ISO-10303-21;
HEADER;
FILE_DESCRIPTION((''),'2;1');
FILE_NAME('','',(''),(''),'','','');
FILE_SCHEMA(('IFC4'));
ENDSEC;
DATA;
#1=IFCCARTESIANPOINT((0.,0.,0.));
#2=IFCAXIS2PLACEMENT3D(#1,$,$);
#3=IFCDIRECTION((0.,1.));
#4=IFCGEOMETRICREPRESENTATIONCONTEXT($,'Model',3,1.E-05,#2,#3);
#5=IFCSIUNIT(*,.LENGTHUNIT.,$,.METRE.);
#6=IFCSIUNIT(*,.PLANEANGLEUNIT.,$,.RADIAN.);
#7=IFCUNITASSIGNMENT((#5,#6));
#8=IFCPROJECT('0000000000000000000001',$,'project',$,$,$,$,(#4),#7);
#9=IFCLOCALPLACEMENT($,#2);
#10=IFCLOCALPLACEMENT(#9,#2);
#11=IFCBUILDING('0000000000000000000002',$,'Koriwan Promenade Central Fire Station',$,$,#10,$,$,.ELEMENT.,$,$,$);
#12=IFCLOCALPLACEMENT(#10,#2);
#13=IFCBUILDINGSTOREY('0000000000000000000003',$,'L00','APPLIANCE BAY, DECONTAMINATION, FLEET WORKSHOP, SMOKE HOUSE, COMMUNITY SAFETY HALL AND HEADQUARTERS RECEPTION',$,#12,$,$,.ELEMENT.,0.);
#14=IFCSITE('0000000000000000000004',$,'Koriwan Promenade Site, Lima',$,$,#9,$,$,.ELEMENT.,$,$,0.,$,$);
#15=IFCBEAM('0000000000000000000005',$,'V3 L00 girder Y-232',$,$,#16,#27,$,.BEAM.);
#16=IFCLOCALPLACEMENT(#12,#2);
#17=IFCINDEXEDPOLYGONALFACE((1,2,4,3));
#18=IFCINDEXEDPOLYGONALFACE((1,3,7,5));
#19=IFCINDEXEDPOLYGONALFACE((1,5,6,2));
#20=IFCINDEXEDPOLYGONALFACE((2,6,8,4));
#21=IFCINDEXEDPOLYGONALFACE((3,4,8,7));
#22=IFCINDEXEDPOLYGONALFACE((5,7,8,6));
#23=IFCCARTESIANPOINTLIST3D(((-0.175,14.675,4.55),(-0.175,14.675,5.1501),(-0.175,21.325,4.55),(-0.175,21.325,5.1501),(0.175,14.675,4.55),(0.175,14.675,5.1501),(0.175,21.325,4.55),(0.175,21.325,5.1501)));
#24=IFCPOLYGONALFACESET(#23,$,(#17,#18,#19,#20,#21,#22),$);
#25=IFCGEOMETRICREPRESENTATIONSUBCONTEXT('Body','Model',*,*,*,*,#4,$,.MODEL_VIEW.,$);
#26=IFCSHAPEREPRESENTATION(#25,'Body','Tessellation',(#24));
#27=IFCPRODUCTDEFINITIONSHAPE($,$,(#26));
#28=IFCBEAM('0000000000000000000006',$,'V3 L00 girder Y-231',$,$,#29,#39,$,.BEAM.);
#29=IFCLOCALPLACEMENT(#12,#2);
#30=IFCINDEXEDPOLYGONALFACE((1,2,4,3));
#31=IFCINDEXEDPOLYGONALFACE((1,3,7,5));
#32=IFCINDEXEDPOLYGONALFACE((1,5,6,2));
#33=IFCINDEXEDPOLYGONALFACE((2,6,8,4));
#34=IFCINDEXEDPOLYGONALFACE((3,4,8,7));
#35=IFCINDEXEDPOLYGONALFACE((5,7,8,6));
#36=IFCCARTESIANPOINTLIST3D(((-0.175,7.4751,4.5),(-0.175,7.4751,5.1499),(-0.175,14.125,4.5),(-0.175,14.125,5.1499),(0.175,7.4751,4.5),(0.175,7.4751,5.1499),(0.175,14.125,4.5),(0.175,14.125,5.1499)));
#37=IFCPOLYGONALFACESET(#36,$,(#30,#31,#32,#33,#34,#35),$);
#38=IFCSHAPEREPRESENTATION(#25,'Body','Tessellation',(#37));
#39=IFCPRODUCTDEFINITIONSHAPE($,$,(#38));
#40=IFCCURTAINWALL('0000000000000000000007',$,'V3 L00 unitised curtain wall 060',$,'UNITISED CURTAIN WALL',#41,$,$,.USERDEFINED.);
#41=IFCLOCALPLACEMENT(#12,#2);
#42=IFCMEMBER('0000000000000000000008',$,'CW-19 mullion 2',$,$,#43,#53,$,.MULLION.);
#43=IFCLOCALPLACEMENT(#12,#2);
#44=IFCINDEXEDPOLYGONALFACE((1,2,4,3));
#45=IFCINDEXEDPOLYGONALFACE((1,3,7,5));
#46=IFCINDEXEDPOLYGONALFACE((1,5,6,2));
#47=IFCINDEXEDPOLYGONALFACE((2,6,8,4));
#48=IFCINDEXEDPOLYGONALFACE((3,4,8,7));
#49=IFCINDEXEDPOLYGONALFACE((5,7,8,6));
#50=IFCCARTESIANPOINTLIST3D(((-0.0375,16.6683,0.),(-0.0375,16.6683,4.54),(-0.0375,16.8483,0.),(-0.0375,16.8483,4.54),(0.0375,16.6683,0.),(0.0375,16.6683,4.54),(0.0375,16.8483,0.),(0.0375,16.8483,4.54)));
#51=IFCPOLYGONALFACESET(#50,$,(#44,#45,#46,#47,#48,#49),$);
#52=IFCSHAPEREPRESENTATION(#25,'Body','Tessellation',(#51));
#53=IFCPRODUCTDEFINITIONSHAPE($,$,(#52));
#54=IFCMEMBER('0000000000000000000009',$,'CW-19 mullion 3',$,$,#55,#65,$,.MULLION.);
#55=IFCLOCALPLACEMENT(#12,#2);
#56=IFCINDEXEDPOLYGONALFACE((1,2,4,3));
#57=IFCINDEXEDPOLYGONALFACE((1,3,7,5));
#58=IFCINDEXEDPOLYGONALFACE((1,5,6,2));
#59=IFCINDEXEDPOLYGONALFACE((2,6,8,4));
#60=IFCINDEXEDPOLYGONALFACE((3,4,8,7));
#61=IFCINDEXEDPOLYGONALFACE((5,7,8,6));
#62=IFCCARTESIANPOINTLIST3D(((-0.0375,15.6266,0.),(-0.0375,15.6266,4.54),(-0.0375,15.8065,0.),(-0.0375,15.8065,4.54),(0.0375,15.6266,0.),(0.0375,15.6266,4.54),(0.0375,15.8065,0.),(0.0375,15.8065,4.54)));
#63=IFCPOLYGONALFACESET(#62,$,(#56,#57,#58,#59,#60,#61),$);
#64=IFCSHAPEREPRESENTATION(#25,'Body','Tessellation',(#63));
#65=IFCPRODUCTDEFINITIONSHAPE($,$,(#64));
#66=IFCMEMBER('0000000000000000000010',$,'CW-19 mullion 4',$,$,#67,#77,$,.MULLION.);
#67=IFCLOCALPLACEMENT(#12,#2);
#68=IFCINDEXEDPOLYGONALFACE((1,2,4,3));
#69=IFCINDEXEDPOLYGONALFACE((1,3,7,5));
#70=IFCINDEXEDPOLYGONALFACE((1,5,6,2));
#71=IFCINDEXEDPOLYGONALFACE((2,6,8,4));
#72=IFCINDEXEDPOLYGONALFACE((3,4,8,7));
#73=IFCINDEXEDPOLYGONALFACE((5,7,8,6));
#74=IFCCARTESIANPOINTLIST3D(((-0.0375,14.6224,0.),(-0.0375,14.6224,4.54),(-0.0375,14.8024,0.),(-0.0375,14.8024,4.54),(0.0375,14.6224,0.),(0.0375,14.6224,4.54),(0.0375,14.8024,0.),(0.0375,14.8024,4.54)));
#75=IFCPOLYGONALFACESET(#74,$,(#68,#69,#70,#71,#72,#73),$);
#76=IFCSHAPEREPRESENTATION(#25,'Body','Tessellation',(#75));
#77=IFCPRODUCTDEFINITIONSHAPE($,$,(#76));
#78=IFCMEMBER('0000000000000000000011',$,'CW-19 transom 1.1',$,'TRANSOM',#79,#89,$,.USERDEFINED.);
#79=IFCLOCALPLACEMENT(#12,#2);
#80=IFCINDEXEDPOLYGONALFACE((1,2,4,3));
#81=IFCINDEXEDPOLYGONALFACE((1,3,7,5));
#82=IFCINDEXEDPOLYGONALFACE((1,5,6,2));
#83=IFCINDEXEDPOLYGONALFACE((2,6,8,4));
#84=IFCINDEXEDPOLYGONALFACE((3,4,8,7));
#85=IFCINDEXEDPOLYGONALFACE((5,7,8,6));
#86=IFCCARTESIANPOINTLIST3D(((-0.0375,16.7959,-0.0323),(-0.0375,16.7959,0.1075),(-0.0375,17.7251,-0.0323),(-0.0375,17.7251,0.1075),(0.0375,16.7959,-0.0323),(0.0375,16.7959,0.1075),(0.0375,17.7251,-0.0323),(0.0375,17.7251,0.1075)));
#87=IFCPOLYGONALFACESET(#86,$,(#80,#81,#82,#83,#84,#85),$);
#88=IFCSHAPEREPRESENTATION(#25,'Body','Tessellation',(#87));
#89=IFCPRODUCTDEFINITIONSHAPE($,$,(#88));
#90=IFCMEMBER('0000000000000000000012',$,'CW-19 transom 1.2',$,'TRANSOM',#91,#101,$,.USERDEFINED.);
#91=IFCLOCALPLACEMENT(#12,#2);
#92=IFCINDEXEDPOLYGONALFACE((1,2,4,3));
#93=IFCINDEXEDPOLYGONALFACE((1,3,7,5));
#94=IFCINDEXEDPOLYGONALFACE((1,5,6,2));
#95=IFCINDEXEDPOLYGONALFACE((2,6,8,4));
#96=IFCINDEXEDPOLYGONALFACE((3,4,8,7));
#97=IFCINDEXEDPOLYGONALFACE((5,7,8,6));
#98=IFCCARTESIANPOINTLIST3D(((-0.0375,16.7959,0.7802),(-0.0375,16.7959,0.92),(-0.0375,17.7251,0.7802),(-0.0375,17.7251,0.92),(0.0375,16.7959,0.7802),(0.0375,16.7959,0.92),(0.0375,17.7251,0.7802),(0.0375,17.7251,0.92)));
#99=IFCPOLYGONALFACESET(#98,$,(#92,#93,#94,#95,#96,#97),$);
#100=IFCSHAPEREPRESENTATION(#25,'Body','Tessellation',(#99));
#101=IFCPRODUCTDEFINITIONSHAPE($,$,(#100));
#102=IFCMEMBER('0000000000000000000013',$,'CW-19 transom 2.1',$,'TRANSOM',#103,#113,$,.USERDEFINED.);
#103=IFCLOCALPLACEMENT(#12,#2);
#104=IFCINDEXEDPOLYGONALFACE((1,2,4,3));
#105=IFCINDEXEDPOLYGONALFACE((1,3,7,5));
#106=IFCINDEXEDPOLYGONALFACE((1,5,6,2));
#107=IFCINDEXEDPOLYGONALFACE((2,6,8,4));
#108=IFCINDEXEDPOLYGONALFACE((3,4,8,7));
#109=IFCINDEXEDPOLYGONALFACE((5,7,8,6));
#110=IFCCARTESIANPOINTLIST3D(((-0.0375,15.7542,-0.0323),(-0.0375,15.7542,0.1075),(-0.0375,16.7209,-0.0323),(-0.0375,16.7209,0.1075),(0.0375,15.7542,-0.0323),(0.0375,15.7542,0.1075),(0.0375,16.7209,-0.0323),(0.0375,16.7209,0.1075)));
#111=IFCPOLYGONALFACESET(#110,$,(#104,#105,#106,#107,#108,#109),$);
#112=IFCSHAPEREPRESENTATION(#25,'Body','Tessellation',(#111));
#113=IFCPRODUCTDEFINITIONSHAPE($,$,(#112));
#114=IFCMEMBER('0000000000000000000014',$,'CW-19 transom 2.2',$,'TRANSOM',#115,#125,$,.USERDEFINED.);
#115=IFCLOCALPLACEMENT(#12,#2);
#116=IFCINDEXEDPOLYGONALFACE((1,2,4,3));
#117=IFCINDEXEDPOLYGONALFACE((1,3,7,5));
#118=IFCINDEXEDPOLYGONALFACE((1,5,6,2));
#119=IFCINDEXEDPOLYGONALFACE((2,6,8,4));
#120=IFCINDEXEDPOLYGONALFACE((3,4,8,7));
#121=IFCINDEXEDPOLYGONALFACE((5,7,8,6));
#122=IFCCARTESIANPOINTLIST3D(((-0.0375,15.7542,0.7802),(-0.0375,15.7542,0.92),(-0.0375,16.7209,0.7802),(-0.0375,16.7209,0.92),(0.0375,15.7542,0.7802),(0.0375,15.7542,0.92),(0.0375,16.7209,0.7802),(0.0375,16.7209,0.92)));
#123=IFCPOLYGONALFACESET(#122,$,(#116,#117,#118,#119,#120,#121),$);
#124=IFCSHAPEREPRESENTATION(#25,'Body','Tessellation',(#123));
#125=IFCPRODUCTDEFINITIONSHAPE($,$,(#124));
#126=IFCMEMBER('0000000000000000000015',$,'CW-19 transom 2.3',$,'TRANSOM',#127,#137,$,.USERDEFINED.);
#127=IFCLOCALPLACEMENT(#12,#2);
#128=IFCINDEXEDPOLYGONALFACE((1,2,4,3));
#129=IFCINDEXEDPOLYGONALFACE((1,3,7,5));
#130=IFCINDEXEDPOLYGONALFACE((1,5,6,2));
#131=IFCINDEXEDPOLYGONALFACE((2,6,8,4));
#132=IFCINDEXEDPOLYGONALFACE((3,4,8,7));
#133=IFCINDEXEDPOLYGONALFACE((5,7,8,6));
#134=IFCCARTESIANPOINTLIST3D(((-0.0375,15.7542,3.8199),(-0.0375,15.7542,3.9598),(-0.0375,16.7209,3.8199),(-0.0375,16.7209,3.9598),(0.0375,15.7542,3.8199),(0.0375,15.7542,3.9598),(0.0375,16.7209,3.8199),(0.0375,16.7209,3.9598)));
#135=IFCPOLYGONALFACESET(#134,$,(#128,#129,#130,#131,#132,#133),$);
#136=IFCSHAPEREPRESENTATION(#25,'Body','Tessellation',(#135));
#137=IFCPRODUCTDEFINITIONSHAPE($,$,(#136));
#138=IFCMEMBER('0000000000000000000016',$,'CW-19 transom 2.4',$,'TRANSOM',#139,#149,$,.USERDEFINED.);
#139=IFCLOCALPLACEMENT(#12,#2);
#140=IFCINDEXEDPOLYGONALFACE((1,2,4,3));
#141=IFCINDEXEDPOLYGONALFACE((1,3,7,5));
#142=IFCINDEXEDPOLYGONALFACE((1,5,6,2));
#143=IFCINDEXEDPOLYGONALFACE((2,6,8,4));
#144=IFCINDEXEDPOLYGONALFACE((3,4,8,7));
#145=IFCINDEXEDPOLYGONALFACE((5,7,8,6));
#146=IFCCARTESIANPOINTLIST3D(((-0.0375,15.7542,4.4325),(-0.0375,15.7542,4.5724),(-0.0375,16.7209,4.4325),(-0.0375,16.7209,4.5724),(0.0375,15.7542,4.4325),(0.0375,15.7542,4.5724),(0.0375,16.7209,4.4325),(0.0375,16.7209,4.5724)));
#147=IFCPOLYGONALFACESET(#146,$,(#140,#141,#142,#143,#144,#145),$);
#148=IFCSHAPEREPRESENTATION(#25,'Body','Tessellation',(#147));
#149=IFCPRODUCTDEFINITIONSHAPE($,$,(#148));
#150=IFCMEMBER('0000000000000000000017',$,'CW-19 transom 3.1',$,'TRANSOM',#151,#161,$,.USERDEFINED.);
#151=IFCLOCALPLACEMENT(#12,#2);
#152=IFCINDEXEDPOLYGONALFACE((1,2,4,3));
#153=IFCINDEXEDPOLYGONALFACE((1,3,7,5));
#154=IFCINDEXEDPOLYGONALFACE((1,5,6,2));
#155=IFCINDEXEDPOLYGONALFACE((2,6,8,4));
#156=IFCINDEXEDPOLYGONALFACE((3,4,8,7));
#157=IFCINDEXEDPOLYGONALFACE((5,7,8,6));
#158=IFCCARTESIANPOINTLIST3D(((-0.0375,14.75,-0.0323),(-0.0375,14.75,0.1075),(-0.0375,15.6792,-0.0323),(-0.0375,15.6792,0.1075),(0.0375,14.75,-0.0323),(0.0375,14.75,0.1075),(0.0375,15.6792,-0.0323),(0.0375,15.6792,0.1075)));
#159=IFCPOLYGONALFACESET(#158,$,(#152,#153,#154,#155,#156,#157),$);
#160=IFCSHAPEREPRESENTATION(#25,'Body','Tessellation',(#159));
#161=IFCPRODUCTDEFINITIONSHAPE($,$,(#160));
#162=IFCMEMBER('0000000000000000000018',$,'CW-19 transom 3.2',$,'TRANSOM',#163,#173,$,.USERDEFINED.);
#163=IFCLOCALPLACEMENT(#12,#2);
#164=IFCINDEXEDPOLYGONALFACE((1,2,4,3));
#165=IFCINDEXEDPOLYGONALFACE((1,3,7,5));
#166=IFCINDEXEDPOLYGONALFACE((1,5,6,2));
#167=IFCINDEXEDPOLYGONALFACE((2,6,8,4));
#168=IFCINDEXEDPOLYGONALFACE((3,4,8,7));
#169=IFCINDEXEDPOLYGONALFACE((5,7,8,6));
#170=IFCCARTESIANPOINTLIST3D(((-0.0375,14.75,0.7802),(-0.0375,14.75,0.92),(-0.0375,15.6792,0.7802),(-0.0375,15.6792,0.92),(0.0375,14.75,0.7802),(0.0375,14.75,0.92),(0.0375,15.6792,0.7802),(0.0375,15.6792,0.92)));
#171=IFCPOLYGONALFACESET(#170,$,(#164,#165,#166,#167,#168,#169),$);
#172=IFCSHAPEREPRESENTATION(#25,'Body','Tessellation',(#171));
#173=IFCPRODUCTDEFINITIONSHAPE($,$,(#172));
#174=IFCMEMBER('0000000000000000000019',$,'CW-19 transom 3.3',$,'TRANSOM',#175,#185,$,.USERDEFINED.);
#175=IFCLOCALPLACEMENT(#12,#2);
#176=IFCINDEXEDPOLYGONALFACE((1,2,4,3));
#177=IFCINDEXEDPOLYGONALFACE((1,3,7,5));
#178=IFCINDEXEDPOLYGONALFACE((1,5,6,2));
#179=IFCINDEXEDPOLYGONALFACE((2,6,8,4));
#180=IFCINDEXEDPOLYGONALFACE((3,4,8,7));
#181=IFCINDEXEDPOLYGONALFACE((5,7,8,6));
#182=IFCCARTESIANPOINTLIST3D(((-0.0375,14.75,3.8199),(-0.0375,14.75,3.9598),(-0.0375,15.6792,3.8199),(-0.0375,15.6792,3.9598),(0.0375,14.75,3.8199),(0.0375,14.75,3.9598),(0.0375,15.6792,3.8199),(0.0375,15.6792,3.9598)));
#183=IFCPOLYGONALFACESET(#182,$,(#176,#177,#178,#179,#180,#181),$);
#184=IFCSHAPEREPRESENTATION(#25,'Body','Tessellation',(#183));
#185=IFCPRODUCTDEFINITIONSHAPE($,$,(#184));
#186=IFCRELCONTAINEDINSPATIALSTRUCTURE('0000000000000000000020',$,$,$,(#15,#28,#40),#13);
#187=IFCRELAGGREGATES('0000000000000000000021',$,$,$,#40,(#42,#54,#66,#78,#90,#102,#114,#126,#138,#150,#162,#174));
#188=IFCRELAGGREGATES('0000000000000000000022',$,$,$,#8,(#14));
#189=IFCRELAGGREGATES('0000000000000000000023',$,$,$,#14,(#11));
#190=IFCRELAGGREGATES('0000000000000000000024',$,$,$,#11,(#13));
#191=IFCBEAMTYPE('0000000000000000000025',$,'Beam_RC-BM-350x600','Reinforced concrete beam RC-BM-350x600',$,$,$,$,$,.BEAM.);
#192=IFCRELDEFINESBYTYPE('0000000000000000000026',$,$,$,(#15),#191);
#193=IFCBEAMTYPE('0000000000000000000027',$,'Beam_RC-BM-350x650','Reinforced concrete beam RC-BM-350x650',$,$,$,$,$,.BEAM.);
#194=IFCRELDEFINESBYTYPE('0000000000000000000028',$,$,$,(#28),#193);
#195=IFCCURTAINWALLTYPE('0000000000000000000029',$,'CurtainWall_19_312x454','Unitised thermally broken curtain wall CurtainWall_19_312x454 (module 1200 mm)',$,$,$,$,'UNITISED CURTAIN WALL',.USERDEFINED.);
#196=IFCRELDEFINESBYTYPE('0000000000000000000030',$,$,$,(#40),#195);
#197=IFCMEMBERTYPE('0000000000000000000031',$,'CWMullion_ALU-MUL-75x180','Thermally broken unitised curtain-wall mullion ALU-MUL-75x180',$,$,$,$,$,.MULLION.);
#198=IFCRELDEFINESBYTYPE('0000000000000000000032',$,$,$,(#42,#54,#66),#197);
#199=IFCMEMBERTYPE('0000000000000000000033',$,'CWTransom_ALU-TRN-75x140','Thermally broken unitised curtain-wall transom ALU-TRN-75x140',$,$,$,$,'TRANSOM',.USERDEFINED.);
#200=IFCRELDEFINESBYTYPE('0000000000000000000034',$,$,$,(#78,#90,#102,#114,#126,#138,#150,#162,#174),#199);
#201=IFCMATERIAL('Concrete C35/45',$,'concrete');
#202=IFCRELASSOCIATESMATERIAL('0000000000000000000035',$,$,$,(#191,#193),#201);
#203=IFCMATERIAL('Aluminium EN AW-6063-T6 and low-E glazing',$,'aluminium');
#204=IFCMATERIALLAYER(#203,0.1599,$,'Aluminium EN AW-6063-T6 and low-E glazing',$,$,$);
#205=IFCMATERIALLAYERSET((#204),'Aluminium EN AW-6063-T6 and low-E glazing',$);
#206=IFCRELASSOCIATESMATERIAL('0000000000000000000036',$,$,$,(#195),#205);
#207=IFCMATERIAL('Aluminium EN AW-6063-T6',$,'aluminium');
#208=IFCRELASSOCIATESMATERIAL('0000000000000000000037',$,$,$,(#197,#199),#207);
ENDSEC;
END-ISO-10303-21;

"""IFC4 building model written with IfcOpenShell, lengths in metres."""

from ifc_helpers import new_model, si_unit, direction, frame, origin, origin_2d, place, context, subcontext, project, spatial, rectangle, extrude, material, layer, layer_set, material_profile, profile_set, type_object, element, aggregate, save


model = new_model("IFC4")

# Units and contexts
model_context = context("Model", 3, precision=1e-05, world=origin(), true_north=direction((0.0, 1.0)))
body_context = subcontext(model_context, "Body", "Model", "MODEL_VIEW")
ifc_project = project(units=[si_unit("LENGTHUNIT", "METRE"), si_unit("PLANEANGLEUNIT", "RADIAN")], contexts=[model_context])

# Site, building, storey
site_placement = place(None, origin())
site = spatial("IfcSite", under=ifc_project, at=site_placement, Name="Koriwan Promenade Site, Lima", CompositionType="ELEMENT", RefElevation=0.0)
building_placement = place(site_placement, origin())
building = spatial("IfcBuilding", under=site, at=building_placement, Name="Koriwan Promenade Central Fire Station", CompositionType="ELEMENT")
storey_placement = place(building_placement, origin())
storey = spatial("IfcBuildingStorey", under=building, at=storey_placement, Name="L00", Description="APPLIANCE BAY, DECONTAMINATION, FLEET WORKSHOP, SMOKE HOUSE, COMMUNITY SAFETY HALL AND HEADQUARTERS RECEPTION", CompositionType="ELEMENT", Elevation=0.0)

# Shared definitions
ifc_material_1 = material(Name="Concrete C35/45", Category="concrete")

# Beams
ifc_material_profile_1 = material_profile(ifc_material_1, rectangle(XDim=0.3501, YDim=0.6001, at=origin_2d()), Name="RC-BM-350x600")
ifc_profile_set_1 = profile_set([ifc_material_profile_1], Name="Concrete C35/45")
beam_type_1 = type_object("IfcBeamType", Name="Beam_RC-BM-350x600", Description="Reinforced concrete beam RC-BM-350x600", PredefinedType="BEAM", material=ifc_profile_set_1)
beam_1_placement = place(storey_placement, frame((0.0, 14.675, 4.8501), z_axis=(0.0, 1.0, 0.0), x_axis=(-1.0, 0.0, 0.0)))
element("IfcBeam", 1, at=beam_1_placement, inside=storey, type_object=beam_type_1, Name="V3 L00 girder Y-232", PredefinedType="BEAM", context=body_context, shape_type="SweptSolid", body=[
    extrude(rectangle(XDim=0.3501, YDim=0.6001, at=origin_2d()), origin(), (0.0, 0.0, 1.0), 6.6499),
])
ifc_material_profile_2 = material_profile(ifc_material_1, rectangle(XDim=0.3501, YDim=0.6499, at=origin_2d()), Name="RC-BM-350x650")
ifc_profile_set_2 = profile_set([ifc_material_profile_2], Name="Concrete C35/45")
beam_type_2 = type_object("IfcBeamType", Name="Beam_RC-BM-350x650", Description="Reinforced concrete beam RC-BM-350x650", PredefinedType="BEAM", material=ifc_profile_set_2)
beam_2_placement = place(storey_placement, frame((0.0, 7.4751, 4.825), z_axis=(0.0, 1.0, 0.0), x_axis=(-1.0, 0.0, 0.0)))
element("IfcBeam", 2, at=beam_2_placement, inside=storey, type_object=beam_type_2, Name="V3 L00 girder Y-231", PredefinedType="BEAM", context=body_context, shape_type="SweptSolid", body=[
    extrude(rectangle(XDim=0.3501, YDim=0.6499, at=origin_2d()), origin(), (0.0, 0.0, 1.0), 6.6499),
])

# Curtain wall, members
ifc_material_2 = material(Name="Aluminium EN AW-6063-T6 and low-E glazing", Category="aluminium")
ifc_layer_1 = layer(ifc_material_2, 0.1599, Name="Aluminium EN AW-6063-T6 and low-E glazing")
ifc_layer_set_1 = layer_set([ifc_layer_1], Name="Aluminium EN AW-6063-T6 and low-E glazing")
curtain_wall_type = type_object("IfcCurtainWallType", Name="CurtainWall_19_312x454", Description="Unitised thermally broken curtain wall CurtainWall_19_312x454 (module 1200 mm)", ElementType="UNITISED CURTAIN WALL", PredefinedType="USERDEFINED", material=ifc_layer_set_1)
curtain_wall_placement = place(storey_placement, origin())
curtain_wall = element("IfcCurtainWall", 3, at=curtain_wall_placement, inside=storey, type_object=curtain_wall_type, Name="V3 L00 unitised curtain wall 060", ObjectType="UNITISED CURTAIN WALL", PredefinedType="USERDEFINED")
ifc_material_3 = material(Name="Aluminium EN AW-6063-T6", Category="aluminium")
ifc_material_profile_3 = material_profile(ifc_material_3, rectangle(XDim=0.075, YDim=0.1799, at=origin_2d()), Name="ALU-MUL-75x180")
ifc_profile_set_3 = profile_set([ifc_material_profile_3], Name="Aluminium EN AW-6063-T6")
member_type_1 = type_object("IfcMemberType", Name="CWMullion_ALU-MUL-75x180", Description="Thermally broken unitised curtain-wall mullion ALU-MUL-75x180", PredefinedType="MULLION", material=ifc_profile_set_3)
member_1_placement = place(storey_placement, frame((0.0, 16.7583, 0.0), z_axis=(0.0, 0.0, 1.0), x_axis=(1.0, 0.0, 0.0)))
member_1 = element("IfcMember", 4, at=member_1_placement, type_object=member_type_1, Name="CW-19 mullion 2", PredefinedType="MULLION", context=body_context, shape_type="SweptSolid", body=[
    extrude(rectangle(XDim=0.075, YDim=0.1799, at=origin_2d()), origin(), (0.0, 0.0, 1.0), 4.54),
])
member_2_placement = place(storey_placement, frame((0.0, 15.7166, 0.0), z_axis=(0.0, 0.0, 1.0), x_axis=(1.0, 0.0, 0.0)))
member_2 = element("IfcMember", 5, at=member_2_placement, type_object=member_type_1, Name="CW-19 mullion 3", PredefinedType="MULLION", context=body_context, shape_type="SweptSolid", body=[
    extrude(rectangle(XDim=0.075, YDim=0.1799, at=origin_2d()), origin(), (0.0, 0.0, 1.0), 4.54),
])
member_3_placement = place(storey_placement, frame((0.0, 14.7124, 0.0), z_axis=(0.0, 0.0, 1.0), x_axis=(1.0, 0.0, 0.0)))
member_3 = element("IfcMember", 6, at=member_3_placement, type_object=member_type_1, Name="CW-19 mullion 4", PredefinedType="MULLION", context=body_context, shape_type="SweptSolid", body=[
    extrude(rectangle(XDim=0.075, YDim=0.1799, at=origin_2d()), origin(), (0.0, 0.0, 1.0), 4.54),
])
ifc_material_profile_4 = material_profile(ifc_material_3, rectangle(XDim=0.075, YDim=0.1399, at=origin_2d()), Name="ALU-TRN-75x140")
ifc_profile_set_4 = profile_set([ifc_material_profile_4], Name="Aluminium EN AW-6063-T6")
member_type_2 = type_object("IfcMemberType", Name="CWTransom_ALU-TRN-75x140", Description="Thermally broken unitised curtain-wall transom ALU-TRN-75x140", ElementType="TRANSOM", PredefinedType="USERDEFINED", material=ifc_profile_set_4)
member_4_placement = place(storey_placement, frame((0.0, 17.7251, 0.0376), z_axis=(0.0, -1.0, 0.0), x_axis=(1.0, 0.0, 0.0)))
member_4 = element("IfcMember", 7, at=member_4_placement, type_object=member_type_2, Name="CW-19 transom 1.1", ObjectType="TRANSOM", PredefinedType="USERDEFINED", context=body_context, shape_type="SweptSolid", body=[
    extrude(rectangle(XDim=0.075, YDim=0.1399, at=origin_2d()), origin(), (0.0, 0.0, 1.0), 0.9292),
])
member_5_placement = place(storey_placement, frame((0.0, 17.7251, 0.8501), z_axis=(0.0, -1.0, 0.0), x_axis=(1.0, 0.0, 0.0)))
member_5 = element("IfcMember", 8, at=member_5_placement, type_object=member_type_2, Name="CW-19 transom 1.2", ObjectType="TRANSOM", PredefinedType="USERDEFINED", context=body_context, shape_type="SweptSolid", body=[
    extrude(rectangle(XDim=0.075, YDim=0.1399, at=origin_2d()), origin(), (0.0, 0.0, 1.0), 0.9292),
])
member_6_placement = place(storey_placement, frame((0.0, 16.7209, 0.0376), z_axis=(0.0, -1.0, 0.0), x_axis=(1.0, 0.0, 0.0)))
member_6 = element("IfcMember", 9, at=member_6_placement, type_object=member_type_2, Name="CW-19 transom 2.1", ObjectType="TRANSOM", PredefinedType="USERDEFINED", context=body_context, shape_type="SweptSolid", body=[
    extrude(rectangle(XDim=0.075, YDim=0.1399, at=origin_2d()), origin(), (0.0, 0.0, 1.0), 0.9668),
])
member_7_placement = place(storey_placement, frame((0.0, 16.7209, 0.8501), z_axis=(0.0, -1.0, 0.0), x_axis=(1.0, 0.0, 0.0)))
member_7 = element("IfcMember", 10, at=member_7_placement, type_object=member_type_2, Name="CW-19 transom 2.2", ObjectType="TRANSOM", PredefinedType="USERDEFINED", context=body_context, shape_type="SweptSolid", body=[
    extrude(rectangle(XDim=0.075, YDim=0.1399, at=origin_2d()), origin(), (0.0, 0.0, 1.0), 0.9668),
])
member_8_placement = place(storey_placement, frame((0.0, 16.7209, 3.8899), z_axis=(0.0, -1.0, 0.0), x_axis=(1.0, 0.0, 0.0)))
member_8 = element("IfcMember", 11, at=member_8_placement, type_object=member_type_2, Name="CW-19 transom 2.3", ObjectType="TRANSOM", PredefinedType="USERDEFINED", context=body_context, shape_type="SweptSolid", body=[
    extrude(rectangle(XDim=0.075, YDim=0.1399, at=origin_2d()), origin(), (0.0, 0.0, 1.0), 0.9668),
])
member_9_placement = place(storey_placement, frame((0.0, 16.7209, 4.5024), z_axis=(0.0, -1.0, 0.0), x_axis=(1.0, 0.0, 0.0)))
member_9 = element("IfcMember", 12, at=member_9_placement, type_object=member_type_2, Name="CW-19 transom 2.4", ObjectType="TRANSOM", PredefinedType="USERDEFINED", context=body_context, shape_type="SweptSolid", body=[
    extrude(rectangle(XDim=0.075, YDim=0.1399, at=origin_2d()), origin(), (0.0, 0.0, 1.0), 0.9668),
])
member_10_placement = place(storey_placement, frame((0.0, 15.6792, 0.0376), z_axis=(0.0, -1.0, 0.0), x_axis=(1.0, 0.0, 0.0)))
member_10 = element("IfcMember", 13, at=member_10_placement, type_object=member_type_2, Name="CW-19 transom 3.1", ObjectType="TRANSOM", PredefinedType="USERDEFINED", context=body_context, shape_type="SweptSolid", body=[
    extrude(rectangle(XDim=0.075, YDim=0.1399, at=origin_2d()), origin(), (0.0, 0.0, 1.0), 0.9292),
])
member_11_placement = place(storey_placement, frame((0.0, 15.6792, 0.8501), z_axis=(0.0, -1.0, 0.0), x_axis=(1.0, 0.0, 0.0)))
member_11 = element("IfcMember", 14, at=member_11_placement, type_object=member_type_2, Name="CW-19 transom 3.2", ObjectType="TRANSOM", PredefinedType="USERDEFINED", context=body_context, shape_type="SweptSolid", body=[
    extrude(rectangle(XDim=0.075, YDim=0.1399, at=origin_2d()), origin(), (0.0, 0.0, 1.0), 0.9292),
])
member_12_placement = place(storey_placement, frame((0.0, 15.6792, 3.8899), z_axis=(0.0, -1.0, 0.0), x_axis=(1.0, 0.0, 0.0)))
member_12 = element("IfcMember", 15, at=member_12_placement, type_object=member_type_2, Name="CW-19 transom 3.3", ObjectType="TRANSOM", PredefinedType="USERDEFINED", context=body_context, shape_type="SweptSolid", body=[
    extrude(rectangle(XDim=0.075, YDim=0.1399, at=origin_2d()), origin(), (0.0, 0.0, 1.0), 0.9292),
])
aggregate(curtain_wall, [member_1, member_2, member_3, member_4, member_5, member_6, member_7, member_8, member_9, member_10, member_11, member_12])

save(model, "model.ifc")
